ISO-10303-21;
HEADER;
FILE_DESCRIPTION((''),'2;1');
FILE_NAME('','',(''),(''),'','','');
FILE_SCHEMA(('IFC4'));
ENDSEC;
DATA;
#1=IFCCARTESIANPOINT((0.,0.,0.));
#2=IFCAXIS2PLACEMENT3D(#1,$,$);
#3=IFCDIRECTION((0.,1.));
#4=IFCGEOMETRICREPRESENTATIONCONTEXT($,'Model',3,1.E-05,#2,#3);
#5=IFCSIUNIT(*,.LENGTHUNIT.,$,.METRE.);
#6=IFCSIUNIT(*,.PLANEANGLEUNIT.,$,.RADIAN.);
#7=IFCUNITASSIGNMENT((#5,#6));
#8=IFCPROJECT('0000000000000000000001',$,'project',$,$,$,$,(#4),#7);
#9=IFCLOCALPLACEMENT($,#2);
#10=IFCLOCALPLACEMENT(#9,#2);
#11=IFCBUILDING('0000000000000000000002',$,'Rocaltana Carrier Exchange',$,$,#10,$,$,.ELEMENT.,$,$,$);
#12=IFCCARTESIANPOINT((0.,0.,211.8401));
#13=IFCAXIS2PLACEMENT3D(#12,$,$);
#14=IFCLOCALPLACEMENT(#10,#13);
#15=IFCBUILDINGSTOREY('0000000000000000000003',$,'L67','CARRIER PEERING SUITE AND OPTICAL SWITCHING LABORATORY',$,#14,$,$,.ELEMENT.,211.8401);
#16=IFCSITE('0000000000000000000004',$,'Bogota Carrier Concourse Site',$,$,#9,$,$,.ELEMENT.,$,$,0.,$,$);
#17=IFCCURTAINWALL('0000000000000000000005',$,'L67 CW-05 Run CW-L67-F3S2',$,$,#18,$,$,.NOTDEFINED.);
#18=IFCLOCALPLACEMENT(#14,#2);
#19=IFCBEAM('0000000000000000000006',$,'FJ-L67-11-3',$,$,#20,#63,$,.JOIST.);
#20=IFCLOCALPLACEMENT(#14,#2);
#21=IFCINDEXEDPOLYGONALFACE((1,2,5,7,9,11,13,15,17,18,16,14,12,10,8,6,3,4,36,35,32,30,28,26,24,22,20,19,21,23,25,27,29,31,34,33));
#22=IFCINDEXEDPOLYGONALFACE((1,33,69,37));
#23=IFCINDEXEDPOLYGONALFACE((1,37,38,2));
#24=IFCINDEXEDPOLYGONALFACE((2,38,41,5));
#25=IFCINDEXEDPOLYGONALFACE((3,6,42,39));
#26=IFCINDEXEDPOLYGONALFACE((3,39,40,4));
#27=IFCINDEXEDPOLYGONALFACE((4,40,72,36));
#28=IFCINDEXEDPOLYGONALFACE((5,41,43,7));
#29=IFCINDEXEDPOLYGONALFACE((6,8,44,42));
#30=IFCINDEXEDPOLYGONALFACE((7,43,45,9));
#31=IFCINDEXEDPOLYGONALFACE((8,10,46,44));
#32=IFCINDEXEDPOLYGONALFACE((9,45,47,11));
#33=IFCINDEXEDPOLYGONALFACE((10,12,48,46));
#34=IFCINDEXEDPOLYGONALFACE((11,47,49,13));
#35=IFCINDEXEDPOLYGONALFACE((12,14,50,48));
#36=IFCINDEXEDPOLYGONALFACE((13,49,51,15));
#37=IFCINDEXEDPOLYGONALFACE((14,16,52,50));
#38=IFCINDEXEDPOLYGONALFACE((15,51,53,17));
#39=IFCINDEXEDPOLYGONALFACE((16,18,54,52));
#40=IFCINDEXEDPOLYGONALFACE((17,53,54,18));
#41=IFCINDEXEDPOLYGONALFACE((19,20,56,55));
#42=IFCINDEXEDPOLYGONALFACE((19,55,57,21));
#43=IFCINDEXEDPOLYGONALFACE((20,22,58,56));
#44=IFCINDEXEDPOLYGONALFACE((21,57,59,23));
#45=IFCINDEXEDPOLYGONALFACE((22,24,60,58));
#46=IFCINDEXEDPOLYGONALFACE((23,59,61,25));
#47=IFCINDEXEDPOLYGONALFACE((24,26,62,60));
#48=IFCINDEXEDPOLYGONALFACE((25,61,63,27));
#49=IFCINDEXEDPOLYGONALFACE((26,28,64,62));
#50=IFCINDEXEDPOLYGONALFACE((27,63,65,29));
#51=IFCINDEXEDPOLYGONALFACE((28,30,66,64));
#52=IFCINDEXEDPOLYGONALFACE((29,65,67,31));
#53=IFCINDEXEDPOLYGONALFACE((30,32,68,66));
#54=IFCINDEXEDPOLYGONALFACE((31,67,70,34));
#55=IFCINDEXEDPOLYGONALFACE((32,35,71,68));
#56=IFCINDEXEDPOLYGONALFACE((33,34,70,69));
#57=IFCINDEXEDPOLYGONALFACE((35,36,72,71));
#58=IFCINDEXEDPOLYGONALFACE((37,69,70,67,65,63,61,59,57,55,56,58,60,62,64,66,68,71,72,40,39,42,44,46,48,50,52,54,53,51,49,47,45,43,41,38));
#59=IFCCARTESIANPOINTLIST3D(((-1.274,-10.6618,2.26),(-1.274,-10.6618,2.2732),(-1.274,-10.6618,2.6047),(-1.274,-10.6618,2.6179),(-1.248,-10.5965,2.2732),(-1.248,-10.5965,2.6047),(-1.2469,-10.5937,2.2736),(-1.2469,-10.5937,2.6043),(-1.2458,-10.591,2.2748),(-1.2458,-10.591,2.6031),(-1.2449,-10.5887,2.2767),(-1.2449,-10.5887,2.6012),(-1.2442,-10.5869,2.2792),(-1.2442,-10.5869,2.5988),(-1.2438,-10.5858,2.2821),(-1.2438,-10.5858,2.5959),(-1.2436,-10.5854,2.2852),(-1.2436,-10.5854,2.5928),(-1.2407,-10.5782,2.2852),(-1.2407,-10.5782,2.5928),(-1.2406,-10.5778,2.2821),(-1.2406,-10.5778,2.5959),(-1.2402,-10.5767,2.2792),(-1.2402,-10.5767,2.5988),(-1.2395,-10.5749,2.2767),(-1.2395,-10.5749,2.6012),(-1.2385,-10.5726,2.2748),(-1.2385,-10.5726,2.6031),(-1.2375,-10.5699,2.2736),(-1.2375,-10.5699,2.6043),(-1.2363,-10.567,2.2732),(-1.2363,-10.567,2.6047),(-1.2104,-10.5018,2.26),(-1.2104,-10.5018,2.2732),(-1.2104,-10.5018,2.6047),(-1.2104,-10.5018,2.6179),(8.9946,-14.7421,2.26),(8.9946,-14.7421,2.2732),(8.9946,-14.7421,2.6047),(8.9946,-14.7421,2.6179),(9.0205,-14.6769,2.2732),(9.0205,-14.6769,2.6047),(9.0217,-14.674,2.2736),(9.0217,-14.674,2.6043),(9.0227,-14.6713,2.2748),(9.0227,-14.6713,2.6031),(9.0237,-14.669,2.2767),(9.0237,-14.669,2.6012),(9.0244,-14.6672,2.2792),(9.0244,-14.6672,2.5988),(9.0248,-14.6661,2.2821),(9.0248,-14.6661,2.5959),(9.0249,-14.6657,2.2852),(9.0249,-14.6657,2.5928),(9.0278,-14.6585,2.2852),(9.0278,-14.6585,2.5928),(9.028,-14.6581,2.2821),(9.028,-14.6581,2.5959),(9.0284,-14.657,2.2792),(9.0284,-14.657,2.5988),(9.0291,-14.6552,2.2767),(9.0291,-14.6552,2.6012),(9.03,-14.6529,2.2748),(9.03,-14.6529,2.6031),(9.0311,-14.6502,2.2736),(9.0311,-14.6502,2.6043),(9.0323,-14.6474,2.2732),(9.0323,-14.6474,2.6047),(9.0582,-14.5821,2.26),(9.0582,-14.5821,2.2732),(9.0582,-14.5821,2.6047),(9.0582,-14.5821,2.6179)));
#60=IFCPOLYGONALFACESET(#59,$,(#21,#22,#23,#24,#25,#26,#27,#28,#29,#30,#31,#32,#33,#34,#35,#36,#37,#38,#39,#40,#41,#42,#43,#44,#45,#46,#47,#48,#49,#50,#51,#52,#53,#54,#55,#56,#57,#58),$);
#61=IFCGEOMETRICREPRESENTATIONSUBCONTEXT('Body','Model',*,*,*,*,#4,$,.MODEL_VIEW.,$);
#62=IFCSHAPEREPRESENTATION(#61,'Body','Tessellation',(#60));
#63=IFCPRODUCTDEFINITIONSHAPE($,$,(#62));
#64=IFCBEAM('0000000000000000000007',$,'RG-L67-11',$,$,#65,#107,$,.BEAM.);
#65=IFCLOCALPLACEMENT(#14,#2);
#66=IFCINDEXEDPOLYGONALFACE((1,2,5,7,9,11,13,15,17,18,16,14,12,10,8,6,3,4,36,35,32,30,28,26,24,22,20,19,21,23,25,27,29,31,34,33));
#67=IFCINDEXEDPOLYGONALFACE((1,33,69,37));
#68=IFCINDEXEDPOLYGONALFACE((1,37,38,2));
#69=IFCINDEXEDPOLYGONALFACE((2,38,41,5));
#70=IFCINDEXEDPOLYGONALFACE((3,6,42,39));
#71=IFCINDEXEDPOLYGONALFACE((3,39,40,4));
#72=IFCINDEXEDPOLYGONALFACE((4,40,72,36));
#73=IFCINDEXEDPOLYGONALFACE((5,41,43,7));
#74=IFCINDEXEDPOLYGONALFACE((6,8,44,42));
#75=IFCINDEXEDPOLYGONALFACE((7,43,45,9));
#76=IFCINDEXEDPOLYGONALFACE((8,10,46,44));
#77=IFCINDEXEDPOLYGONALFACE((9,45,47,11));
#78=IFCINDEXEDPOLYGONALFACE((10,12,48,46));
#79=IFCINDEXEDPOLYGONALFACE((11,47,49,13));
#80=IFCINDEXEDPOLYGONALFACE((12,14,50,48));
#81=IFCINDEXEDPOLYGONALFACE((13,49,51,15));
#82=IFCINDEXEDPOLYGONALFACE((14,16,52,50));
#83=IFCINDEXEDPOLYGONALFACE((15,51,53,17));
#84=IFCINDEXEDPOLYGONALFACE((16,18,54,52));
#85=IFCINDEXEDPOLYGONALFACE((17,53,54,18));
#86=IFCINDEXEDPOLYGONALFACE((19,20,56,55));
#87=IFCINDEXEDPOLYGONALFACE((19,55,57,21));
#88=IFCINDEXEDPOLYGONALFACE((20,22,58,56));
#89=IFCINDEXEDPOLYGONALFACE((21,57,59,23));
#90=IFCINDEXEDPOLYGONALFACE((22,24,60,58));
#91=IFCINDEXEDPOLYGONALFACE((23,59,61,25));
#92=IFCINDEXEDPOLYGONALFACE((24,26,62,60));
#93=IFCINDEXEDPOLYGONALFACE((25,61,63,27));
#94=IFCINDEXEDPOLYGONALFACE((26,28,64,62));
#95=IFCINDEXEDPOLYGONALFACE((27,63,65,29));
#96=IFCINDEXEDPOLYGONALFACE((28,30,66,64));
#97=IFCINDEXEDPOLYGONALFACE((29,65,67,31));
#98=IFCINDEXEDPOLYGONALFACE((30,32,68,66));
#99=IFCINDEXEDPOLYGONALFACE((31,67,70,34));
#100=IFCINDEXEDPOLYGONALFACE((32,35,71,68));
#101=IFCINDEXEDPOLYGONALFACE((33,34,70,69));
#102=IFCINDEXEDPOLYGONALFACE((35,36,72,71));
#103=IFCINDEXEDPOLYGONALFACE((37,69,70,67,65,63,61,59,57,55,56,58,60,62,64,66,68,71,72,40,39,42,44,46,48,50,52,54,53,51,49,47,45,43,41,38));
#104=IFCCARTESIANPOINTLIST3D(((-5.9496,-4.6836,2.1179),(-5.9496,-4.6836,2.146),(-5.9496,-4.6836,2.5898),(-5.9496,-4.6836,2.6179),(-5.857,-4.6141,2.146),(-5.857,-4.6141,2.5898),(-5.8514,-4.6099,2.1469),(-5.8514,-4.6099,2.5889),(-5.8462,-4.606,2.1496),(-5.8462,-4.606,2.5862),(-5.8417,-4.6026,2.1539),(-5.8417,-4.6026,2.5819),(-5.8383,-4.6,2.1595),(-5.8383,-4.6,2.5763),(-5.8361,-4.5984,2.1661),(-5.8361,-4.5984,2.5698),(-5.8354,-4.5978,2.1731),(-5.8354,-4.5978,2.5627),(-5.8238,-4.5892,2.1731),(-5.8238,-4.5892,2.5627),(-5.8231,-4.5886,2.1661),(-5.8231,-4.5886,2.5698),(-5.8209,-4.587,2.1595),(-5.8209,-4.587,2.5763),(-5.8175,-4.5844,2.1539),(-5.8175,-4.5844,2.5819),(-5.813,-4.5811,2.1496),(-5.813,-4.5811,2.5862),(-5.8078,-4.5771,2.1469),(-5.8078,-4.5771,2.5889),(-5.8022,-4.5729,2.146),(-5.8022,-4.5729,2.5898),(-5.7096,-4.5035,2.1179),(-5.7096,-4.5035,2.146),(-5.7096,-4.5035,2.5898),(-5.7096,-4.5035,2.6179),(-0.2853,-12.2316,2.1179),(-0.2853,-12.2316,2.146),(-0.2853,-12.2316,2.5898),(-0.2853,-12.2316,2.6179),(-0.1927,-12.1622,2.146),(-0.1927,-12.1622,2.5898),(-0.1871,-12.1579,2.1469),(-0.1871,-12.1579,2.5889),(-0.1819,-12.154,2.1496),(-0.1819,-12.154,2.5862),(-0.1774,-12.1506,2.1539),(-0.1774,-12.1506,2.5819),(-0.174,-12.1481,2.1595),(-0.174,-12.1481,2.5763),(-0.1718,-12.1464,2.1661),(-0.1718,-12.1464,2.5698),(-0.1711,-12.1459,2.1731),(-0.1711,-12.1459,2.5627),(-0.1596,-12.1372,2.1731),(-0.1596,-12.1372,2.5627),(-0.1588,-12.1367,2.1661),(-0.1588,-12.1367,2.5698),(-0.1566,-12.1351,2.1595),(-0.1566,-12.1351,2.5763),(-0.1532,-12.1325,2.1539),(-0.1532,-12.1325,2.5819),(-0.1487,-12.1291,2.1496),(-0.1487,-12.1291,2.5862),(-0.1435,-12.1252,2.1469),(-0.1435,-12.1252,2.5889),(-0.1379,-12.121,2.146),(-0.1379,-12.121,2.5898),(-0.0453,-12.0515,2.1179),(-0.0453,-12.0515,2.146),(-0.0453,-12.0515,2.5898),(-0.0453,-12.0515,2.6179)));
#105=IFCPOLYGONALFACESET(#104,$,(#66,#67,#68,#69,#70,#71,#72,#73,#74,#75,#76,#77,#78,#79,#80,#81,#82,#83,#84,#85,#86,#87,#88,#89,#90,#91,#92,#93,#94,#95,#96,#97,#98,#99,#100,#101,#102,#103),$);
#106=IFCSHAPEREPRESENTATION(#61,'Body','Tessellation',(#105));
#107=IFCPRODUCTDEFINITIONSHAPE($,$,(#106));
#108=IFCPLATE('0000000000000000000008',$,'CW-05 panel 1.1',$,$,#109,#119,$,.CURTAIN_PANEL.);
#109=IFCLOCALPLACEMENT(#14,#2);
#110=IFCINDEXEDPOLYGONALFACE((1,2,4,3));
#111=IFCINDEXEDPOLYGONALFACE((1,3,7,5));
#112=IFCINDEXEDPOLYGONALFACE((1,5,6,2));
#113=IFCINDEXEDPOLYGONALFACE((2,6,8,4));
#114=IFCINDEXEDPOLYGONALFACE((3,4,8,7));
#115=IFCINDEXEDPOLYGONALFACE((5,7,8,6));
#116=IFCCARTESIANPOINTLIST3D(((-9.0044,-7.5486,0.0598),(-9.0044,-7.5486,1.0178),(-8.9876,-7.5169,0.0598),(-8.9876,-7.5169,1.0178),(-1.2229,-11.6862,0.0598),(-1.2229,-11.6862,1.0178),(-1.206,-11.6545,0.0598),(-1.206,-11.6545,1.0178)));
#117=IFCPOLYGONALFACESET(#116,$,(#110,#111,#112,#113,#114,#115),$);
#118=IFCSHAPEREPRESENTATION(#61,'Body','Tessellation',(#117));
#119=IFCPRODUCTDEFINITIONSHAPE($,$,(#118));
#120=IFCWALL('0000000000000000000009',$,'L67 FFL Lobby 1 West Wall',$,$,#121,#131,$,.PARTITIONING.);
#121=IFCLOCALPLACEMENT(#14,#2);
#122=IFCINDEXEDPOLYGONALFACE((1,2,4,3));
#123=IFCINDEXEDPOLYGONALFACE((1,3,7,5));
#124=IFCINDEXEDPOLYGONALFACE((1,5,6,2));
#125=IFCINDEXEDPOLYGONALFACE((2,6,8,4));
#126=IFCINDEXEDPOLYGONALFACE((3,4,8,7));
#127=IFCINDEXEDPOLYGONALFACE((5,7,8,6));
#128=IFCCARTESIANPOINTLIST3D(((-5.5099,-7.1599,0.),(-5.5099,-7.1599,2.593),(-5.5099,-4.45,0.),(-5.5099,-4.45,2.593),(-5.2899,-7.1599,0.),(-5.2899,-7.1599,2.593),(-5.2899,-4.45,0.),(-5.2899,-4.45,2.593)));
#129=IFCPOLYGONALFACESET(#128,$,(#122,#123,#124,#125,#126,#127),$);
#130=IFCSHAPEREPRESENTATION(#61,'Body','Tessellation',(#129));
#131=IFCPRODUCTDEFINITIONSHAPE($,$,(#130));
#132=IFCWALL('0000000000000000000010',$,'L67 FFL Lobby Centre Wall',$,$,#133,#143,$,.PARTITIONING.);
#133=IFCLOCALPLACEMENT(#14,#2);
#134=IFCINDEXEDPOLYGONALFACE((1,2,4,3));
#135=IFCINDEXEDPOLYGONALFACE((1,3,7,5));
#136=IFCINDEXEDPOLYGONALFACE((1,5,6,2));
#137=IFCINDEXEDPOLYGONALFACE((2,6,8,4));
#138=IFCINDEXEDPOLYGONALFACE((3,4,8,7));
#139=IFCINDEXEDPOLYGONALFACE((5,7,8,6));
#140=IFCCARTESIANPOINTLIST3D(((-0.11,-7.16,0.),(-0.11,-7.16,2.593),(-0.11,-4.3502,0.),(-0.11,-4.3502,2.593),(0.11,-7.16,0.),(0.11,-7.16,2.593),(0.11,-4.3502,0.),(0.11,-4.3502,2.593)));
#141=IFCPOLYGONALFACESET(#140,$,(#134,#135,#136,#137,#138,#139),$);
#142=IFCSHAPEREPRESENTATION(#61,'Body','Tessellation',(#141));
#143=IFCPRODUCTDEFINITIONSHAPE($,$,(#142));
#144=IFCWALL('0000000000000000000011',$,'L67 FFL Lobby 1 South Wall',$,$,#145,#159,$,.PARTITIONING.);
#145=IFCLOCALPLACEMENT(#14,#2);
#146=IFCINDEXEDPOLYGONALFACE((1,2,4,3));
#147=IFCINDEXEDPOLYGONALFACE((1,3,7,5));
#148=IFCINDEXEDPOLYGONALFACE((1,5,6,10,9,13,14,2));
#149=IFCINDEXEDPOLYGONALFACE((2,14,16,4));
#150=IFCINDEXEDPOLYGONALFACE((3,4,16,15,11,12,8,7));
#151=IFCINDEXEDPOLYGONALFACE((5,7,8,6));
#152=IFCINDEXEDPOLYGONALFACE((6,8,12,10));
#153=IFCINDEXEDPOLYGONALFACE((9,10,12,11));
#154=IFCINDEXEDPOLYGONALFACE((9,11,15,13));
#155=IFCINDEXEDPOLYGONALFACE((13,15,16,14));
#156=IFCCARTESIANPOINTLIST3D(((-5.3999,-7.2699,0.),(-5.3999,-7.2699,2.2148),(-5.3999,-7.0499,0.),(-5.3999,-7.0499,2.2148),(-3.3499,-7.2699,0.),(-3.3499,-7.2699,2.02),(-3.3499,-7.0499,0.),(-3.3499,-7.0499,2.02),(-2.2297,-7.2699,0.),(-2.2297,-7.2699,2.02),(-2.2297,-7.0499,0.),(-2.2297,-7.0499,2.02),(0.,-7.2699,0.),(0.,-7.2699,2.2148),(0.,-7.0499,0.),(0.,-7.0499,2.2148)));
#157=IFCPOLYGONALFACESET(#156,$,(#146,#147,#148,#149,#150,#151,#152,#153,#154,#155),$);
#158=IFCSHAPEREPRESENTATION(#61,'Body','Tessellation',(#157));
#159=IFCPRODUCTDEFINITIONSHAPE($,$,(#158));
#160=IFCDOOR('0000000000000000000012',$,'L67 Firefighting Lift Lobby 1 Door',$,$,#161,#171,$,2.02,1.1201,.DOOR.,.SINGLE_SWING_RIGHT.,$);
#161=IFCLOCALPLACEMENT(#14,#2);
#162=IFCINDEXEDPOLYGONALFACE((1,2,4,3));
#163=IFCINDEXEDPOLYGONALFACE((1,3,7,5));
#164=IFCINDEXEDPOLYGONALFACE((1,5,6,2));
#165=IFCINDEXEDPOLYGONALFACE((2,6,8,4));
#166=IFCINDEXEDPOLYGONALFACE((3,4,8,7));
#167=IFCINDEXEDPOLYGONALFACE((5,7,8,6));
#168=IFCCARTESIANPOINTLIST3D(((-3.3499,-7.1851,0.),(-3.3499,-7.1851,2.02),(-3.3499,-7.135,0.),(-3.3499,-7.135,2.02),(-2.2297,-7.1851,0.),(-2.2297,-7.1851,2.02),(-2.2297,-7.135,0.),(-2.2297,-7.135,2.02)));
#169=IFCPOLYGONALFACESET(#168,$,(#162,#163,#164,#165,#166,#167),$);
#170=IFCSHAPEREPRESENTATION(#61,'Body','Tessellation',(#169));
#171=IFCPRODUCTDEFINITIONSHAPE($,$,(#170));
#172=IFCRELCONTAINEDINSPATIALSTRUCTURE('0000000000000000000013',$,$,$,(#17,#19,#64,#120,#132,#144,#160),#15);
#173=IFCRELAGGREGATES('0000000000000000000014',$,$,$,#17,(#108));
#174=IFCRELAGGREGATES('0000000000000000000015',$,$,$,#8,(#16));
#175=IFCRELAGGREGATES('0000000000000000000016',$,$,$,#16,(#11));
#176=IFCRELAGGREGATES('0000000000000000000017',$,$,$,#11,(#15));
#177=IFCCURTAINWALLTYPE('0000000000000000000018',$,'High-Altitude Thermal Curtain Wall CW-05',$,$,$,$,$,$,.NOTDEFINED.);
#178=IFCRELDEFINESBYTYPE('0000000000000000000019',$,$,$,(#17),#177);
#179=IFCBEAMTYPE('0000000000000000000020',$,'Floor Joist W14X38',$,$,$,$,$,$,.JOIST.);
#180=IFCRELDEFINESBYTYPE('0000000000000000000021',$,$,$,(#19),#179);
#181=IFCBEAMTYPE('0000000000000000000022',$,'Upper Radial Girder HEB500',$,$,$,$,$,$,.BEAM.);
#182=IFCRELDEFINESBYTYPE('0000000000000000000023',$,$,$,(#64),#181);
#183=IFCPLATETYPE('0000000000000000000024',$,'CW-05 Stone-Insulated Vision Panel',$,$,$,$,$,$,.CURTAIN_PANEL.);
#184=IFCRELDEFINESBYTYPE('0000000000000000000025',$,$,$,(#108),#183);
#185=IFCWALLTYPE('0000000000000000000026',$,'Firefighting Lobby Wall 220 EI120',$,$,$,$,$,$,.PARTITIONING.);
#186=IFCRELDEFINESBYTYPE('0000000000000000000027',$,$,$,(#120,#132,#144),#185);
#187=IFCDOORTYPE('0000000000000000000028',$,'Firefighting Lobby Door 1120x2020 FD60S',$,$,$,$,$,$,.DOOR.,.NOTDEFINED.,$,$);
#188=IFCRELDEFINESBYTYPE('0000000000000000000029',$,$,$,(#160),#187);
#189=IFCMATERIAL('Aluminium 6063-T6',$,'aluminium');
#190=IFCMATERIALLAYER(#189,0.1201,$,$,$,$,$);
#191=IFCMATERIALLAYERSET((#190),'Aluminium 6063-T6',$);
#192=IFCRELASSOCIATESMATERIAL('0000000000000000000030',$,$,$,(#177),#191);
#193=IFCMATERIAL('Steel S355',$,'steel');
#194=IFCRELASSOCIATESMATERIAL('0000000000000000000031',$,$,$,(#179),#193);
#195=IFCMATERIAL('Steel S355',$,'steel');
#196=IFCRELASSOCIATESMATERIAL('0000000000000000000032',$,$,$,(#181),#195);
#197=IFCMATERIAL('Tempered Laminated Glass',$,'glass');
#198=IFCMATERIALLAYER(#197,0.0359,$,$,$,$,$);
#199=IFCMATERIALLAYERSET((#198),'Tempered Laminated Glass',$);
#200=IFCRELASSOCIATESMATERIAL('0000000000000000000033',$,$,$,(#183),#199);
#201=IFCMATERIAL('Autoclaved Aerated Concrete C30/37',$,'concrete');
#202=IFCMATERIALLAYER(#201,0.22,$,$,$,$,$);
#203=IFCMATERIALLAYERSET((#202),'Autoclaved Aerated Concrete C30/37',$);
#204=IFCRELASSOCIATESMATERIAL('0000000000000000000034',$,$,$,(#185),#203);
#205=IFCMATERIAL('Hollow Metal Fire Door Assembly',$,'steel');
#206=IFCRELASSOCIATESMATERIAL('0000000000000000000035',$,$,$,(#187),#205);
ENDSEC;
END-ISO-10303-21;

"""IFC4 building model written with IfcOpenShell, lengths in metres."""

from ifc_helpers import new_model, si_unit, direction, frame, frame_2d, origin, origin_2d, place, context, subcontext, project, spatial, rectangle, i_section, extrude, material, layer, layer_set, material_profile, profile_set, type_object, element, fill, aggregate, save


model = new_model("IFC4")

# Units and contexts
model_context = context("Model", 3, precision=1e-05, world=origin(), true_north=direction((0.0, 1.0)))
body_context = subcontext(model_context, "Body", "Model", "MODEL_VIEW")
ifc_project = project(units=[si_unit("LENGTHUNIT", "METRE"), si_unit("PLANEANGLEUNIT", "RADIAN")], contexts=[model_context])

# Site, building, storey
site_placement = place(None, origin())
site = spatial("IfcSite", under=ifc_project, at=site_placement, Name="Bogota Carrier Concourse Site", CompositionType="ELEMENT", RefElevation=0.0)
building_placement = place(site_placement, origin())
building = spatial("IfcBuilding", under=site, at=building_placement, Name="Rocaltana Carrier Exchange", CompositionType="ELEMENT")
storey_placement = place(building_placement, frame((0.0, 0.0, 211.8401)))
storey = spatial("IfcBuildingStorey", under=building, at=storey_placement, Name="L67", Description="CARRIER PEERING SUITE AND OPTICAL SWITCHING LABORATORY", CompositionType="ELEMENT", Elevation=211.8401)

# Curtain wall
ifc_material_1 = material(Name="Aluminium 6063-T6", Category="aluminium")
ifc_layer_1 = layer(ifc_material_1, 0.1201)
ifc_layer_set_1 = layer_set([ifc_layer_1], Name="Aluminium 6063-T6")
curtain_wall_type = type_object("IfcCurtainWallType", Name="High-Altitude Thermal Curtain Wall CW-05", PredefinedType="NOTDEFINED", material=ifc_layer_set_1)
curtain_wall_placement = place(storey_placement, origin())
curtain_wall = element("IfcCurtainWall", 1, at=curtain_wall_placement, inside=storey, type_object=curtain_wall_type, Name="L67 CW-05 Run CW-L67-F3S2", PredefinedType="NOTDEFINED")

# Beams
ifc_material_2 = material(Name="Steel S355", Category="steel")
ifc_material_profile_1 = material_profile(ifc_material_2, i_section(OverallWidth=0.1721, OverallDepth=0.3579, WebThickness=0.0078, FlangeThickness=0.0132, FilletRadius=0.012, at=origin_2d()), Name="W14X38")
ifc_profile_set_1 = profile_set([ifc_material_profile_1], Name="Steel S355")
beam_type_1 = type_object("IfcBeamType", Name="Floor Joist W14X38", PredefinedType="JOIST", material=ifc_profile_set_1)
beam_1_placement = place(storey_placement, frame((-1.2422, -10.5818, 2.439), z_axis=(0.92932, -0.369275, 0.0), x_axis=(0.369275, 0.92932, 0.0)))
element("IfcBeam", 2, at=beam_1_placement, inside=storey, type_object=beam_type_1, Name="FJ-L67-11-3", PredefinedType="JOIST", context=body_context, shape_type="SweptSolid", body=[
    extrude(i_section(OverallWidth=0.1721, OverallDepth=0.3579, WebThickness=0.0078, FlangeThickness=0.0132, FilletRadius=0.012, at=origin_2d()), origin(), (0.0, 0.0, 1.0), 11.0496),
])
ifc_material_3 = material(Name="Steel S355", Category="steel")
ifc_material_profile_2 = material_profile(ifc_material_3, i_section(OverallWidth=0.3, OverallDepth=0.5, WebThickness=0.0144, FlangeThickness=0.0281, FilletRadius=0.0271, at=origin_2d()), Name="HEB500")
ifc_profile_set_2 = profile_set([ifc_material_profile_2], Name="Steel S355")
beam_type_2 = type_object("IfcBeamType", Name="Upper Radial Girder HEB500", PredefinedType="BEAM", material=ifc_profile_set_2)
beam_2_placement = place(storey_placement, frame((-5.8296, -4.5935, 2.3679), z_axis=(0.600219, -0.799835, 0.0), x_axis=(0.799835, 0.600219, 0.0)))
element("IfcBeam", 3, at=beam_2_placement, inside=storey, type_object=beam_type_2, Name="RG-L67-11", PredefinedType="BEAM", context=body_context, shape_type="SweptSolid", body=[
    extrude(i_section(OverallWidth=0.3, OverallDepth=0.5, WebThickness=0.0144, FlangeThickness=0.0281, FilletRadius=0.0271, at=origin_2d()), origin(), (0.0, 0.0, 1.0), 9.437),
])

# Plate
ifc_material_4 = material(Name="Tempered Laminated Glass", Category="glass")
ifc_layer_2 = layer(ifc_material_4, 0.0359)
ifc_layer_set_2 = layer_set([ifc_layer_2], Name="Tempered Laminated Glass")
plate_type = type_object("IfcPlateType", Name="CW-05 Stone-Insulated Vision Panel", PredefinedType="CURTAIN_PANEL", material=ifc_layer_set_2)
plate_placement = place(storey_placement, frame((-5.1052, -9.6016, 0.0598), z_axis=(0.0, 0.0, 1.0), x_axis=(0.882943, -0.469479, 0.0)))
plate = element("IfcPlate", 4, at=plate_placement, type_object=plate_type, Name="CW-05 panel 1.1", PredefinedType="CURTAIN_PANEL", context=body_context, shape_type="SweptSolid", body=[
    extrude(rectangle(XDim=8.8132, YDim=0.0359, at=origin_2d()), origin(), (0.0, 0.0, 1.0), 0.958),
])
aggregate(curtain_wall, [plate])

# Walls
ifc_material_5 = material(Name="Autoclaved Aerated Concrete C30/37", Category="concrete")
ifc_layer_3 = layer(ifc_material_5, 0.22)
ifc_layer_set_3 = layer_set([ifc_layer_3], Name="Autoclaved Aerated Concrete C30/37")
wall_type_1 = type_object("IfcWallType", Name="Firefighting Lobby Wall 220 EI120", PredefinedType="PARTITIONING", material=ifc_layer_set_3)
wall_1_placement = place(storey_placement, frame((-5.3999, -7.1599, 0.0), z_axis=(0.0, 0.0, 1.0), x_axis=(0.0, 1.0, 0.0)))
element("IfcWall", 5, at=wall_1_placement, inside=storey, type_object=wall_type_1, Name="L67 FFL Lobby 1 West Wall", PredefinedType="PARTITIONING", context=body_context, shape_type="SweptSolid", body=[
    extrude(rectangle(XDim=2.71, YDim=0.22, at=frame_2d((1.355, 0.0))), origin(), (0.0, 0.0, 1.0), 2.593),
])
wall_2_placement = place(storey_placement, frame((0.0, -7.1599, 0.0), z_axis=(0.0, 0.0, 1.0), x_axis=(0.0, 1.0, 0.0)))
element("IfcWall", 6, at=wall_2_placement, inside=storey, type_object=wall_type_1, Name="L67 FFL Lobby Centre Wall", PredefinedType="PARTITIONING", context=body_context, shape_type="SweptSolid", body=[
    extrude(rectangle(XDim=2.8098, YDim=0.22, at=frame_2d((1.4048, 0.0))), origin(), (0.0, 0.0, 1.0), 2.593),
])

# Wall, opening, door
wall_3_placement = place(storey_placement, frame((-5.3999, -7.1599, 0.0), z_axis=(0.0, 0.0, 1.0), x_axis=(1.0, 0.0, 0.0)))
wall_3 = element("IfcWall", 7, at=wall_3_placement, inside=storey, type_object=wall_type_1, Name="L67 FFL Lobby 1 South Wall", PredefinedType="PARTITIONING", context=body_context, shape_type="SweptSolid", body=[
    extrude(rectangle(XDim=5.3999, YDim=0.22, at=frame_2d((2.7, 0.0))), origin(), (0.0, 0.0, 1.0), 2.2148),
])
opening_1_placement = place(wall_3_placement, frame((2.05, 0.0, 0.0)))
opening_1 = element("IfcOpeningElement", 8, at=opening_1_placement, cuts=wall_3, PredefinedType="OPENING", context=body_context, shape_type="SweptSolid", body=[
    extrude(rectangle(XDim=1.1201, YDim=2.02, at=frame_2d((0.5601, 1.01))), frame((0.0, 0.1199, 0.0), z_axis=(0.0, -1.0, 0.0), x_axis=(1.0, 0.0, 0.0)), (0.0, 0.0, 1.0), 0.24),
])
ifc_material_6 = material(Name="Hollow Metal Fire Door Assembly", Category="steel")
door_type = type_object("IfcDoorType", Name="Firefighting Lobby Door 1120x2020 FD60S", OperationType="NOTDEFINED", PredefinedType="DOOR", material=ifc_material_6)
door_1_placement = place(opening_1_placement, origin())
door_1 = element("IfcDoor", 9, at=door_1_placement, inside=storey, type_object=door_type, Name="L67 Firefighting Lift Lobby 1 Door", OperationType="SINGLE_SWING_RIGHT", OverallHeight=2.02, OverallWidth=1.1201, PredefinedType="DOOR", context=body_context, shape_type="SweptSolid", body=[
    extrude(rectangle(XDim=1.1201, YDim=2.02, at=frame_2d((0.5601, 1.01))), frame((0.0, 0.0249, 0.0), z_axis=(0.0, -1.0, 0.0), x_axis=(1.0, 0.0, 0.0)), (0.0, 0.0, 1.0), 0.05),
])
fill(opening_1, door_1)

save(model, "model.ifc")
